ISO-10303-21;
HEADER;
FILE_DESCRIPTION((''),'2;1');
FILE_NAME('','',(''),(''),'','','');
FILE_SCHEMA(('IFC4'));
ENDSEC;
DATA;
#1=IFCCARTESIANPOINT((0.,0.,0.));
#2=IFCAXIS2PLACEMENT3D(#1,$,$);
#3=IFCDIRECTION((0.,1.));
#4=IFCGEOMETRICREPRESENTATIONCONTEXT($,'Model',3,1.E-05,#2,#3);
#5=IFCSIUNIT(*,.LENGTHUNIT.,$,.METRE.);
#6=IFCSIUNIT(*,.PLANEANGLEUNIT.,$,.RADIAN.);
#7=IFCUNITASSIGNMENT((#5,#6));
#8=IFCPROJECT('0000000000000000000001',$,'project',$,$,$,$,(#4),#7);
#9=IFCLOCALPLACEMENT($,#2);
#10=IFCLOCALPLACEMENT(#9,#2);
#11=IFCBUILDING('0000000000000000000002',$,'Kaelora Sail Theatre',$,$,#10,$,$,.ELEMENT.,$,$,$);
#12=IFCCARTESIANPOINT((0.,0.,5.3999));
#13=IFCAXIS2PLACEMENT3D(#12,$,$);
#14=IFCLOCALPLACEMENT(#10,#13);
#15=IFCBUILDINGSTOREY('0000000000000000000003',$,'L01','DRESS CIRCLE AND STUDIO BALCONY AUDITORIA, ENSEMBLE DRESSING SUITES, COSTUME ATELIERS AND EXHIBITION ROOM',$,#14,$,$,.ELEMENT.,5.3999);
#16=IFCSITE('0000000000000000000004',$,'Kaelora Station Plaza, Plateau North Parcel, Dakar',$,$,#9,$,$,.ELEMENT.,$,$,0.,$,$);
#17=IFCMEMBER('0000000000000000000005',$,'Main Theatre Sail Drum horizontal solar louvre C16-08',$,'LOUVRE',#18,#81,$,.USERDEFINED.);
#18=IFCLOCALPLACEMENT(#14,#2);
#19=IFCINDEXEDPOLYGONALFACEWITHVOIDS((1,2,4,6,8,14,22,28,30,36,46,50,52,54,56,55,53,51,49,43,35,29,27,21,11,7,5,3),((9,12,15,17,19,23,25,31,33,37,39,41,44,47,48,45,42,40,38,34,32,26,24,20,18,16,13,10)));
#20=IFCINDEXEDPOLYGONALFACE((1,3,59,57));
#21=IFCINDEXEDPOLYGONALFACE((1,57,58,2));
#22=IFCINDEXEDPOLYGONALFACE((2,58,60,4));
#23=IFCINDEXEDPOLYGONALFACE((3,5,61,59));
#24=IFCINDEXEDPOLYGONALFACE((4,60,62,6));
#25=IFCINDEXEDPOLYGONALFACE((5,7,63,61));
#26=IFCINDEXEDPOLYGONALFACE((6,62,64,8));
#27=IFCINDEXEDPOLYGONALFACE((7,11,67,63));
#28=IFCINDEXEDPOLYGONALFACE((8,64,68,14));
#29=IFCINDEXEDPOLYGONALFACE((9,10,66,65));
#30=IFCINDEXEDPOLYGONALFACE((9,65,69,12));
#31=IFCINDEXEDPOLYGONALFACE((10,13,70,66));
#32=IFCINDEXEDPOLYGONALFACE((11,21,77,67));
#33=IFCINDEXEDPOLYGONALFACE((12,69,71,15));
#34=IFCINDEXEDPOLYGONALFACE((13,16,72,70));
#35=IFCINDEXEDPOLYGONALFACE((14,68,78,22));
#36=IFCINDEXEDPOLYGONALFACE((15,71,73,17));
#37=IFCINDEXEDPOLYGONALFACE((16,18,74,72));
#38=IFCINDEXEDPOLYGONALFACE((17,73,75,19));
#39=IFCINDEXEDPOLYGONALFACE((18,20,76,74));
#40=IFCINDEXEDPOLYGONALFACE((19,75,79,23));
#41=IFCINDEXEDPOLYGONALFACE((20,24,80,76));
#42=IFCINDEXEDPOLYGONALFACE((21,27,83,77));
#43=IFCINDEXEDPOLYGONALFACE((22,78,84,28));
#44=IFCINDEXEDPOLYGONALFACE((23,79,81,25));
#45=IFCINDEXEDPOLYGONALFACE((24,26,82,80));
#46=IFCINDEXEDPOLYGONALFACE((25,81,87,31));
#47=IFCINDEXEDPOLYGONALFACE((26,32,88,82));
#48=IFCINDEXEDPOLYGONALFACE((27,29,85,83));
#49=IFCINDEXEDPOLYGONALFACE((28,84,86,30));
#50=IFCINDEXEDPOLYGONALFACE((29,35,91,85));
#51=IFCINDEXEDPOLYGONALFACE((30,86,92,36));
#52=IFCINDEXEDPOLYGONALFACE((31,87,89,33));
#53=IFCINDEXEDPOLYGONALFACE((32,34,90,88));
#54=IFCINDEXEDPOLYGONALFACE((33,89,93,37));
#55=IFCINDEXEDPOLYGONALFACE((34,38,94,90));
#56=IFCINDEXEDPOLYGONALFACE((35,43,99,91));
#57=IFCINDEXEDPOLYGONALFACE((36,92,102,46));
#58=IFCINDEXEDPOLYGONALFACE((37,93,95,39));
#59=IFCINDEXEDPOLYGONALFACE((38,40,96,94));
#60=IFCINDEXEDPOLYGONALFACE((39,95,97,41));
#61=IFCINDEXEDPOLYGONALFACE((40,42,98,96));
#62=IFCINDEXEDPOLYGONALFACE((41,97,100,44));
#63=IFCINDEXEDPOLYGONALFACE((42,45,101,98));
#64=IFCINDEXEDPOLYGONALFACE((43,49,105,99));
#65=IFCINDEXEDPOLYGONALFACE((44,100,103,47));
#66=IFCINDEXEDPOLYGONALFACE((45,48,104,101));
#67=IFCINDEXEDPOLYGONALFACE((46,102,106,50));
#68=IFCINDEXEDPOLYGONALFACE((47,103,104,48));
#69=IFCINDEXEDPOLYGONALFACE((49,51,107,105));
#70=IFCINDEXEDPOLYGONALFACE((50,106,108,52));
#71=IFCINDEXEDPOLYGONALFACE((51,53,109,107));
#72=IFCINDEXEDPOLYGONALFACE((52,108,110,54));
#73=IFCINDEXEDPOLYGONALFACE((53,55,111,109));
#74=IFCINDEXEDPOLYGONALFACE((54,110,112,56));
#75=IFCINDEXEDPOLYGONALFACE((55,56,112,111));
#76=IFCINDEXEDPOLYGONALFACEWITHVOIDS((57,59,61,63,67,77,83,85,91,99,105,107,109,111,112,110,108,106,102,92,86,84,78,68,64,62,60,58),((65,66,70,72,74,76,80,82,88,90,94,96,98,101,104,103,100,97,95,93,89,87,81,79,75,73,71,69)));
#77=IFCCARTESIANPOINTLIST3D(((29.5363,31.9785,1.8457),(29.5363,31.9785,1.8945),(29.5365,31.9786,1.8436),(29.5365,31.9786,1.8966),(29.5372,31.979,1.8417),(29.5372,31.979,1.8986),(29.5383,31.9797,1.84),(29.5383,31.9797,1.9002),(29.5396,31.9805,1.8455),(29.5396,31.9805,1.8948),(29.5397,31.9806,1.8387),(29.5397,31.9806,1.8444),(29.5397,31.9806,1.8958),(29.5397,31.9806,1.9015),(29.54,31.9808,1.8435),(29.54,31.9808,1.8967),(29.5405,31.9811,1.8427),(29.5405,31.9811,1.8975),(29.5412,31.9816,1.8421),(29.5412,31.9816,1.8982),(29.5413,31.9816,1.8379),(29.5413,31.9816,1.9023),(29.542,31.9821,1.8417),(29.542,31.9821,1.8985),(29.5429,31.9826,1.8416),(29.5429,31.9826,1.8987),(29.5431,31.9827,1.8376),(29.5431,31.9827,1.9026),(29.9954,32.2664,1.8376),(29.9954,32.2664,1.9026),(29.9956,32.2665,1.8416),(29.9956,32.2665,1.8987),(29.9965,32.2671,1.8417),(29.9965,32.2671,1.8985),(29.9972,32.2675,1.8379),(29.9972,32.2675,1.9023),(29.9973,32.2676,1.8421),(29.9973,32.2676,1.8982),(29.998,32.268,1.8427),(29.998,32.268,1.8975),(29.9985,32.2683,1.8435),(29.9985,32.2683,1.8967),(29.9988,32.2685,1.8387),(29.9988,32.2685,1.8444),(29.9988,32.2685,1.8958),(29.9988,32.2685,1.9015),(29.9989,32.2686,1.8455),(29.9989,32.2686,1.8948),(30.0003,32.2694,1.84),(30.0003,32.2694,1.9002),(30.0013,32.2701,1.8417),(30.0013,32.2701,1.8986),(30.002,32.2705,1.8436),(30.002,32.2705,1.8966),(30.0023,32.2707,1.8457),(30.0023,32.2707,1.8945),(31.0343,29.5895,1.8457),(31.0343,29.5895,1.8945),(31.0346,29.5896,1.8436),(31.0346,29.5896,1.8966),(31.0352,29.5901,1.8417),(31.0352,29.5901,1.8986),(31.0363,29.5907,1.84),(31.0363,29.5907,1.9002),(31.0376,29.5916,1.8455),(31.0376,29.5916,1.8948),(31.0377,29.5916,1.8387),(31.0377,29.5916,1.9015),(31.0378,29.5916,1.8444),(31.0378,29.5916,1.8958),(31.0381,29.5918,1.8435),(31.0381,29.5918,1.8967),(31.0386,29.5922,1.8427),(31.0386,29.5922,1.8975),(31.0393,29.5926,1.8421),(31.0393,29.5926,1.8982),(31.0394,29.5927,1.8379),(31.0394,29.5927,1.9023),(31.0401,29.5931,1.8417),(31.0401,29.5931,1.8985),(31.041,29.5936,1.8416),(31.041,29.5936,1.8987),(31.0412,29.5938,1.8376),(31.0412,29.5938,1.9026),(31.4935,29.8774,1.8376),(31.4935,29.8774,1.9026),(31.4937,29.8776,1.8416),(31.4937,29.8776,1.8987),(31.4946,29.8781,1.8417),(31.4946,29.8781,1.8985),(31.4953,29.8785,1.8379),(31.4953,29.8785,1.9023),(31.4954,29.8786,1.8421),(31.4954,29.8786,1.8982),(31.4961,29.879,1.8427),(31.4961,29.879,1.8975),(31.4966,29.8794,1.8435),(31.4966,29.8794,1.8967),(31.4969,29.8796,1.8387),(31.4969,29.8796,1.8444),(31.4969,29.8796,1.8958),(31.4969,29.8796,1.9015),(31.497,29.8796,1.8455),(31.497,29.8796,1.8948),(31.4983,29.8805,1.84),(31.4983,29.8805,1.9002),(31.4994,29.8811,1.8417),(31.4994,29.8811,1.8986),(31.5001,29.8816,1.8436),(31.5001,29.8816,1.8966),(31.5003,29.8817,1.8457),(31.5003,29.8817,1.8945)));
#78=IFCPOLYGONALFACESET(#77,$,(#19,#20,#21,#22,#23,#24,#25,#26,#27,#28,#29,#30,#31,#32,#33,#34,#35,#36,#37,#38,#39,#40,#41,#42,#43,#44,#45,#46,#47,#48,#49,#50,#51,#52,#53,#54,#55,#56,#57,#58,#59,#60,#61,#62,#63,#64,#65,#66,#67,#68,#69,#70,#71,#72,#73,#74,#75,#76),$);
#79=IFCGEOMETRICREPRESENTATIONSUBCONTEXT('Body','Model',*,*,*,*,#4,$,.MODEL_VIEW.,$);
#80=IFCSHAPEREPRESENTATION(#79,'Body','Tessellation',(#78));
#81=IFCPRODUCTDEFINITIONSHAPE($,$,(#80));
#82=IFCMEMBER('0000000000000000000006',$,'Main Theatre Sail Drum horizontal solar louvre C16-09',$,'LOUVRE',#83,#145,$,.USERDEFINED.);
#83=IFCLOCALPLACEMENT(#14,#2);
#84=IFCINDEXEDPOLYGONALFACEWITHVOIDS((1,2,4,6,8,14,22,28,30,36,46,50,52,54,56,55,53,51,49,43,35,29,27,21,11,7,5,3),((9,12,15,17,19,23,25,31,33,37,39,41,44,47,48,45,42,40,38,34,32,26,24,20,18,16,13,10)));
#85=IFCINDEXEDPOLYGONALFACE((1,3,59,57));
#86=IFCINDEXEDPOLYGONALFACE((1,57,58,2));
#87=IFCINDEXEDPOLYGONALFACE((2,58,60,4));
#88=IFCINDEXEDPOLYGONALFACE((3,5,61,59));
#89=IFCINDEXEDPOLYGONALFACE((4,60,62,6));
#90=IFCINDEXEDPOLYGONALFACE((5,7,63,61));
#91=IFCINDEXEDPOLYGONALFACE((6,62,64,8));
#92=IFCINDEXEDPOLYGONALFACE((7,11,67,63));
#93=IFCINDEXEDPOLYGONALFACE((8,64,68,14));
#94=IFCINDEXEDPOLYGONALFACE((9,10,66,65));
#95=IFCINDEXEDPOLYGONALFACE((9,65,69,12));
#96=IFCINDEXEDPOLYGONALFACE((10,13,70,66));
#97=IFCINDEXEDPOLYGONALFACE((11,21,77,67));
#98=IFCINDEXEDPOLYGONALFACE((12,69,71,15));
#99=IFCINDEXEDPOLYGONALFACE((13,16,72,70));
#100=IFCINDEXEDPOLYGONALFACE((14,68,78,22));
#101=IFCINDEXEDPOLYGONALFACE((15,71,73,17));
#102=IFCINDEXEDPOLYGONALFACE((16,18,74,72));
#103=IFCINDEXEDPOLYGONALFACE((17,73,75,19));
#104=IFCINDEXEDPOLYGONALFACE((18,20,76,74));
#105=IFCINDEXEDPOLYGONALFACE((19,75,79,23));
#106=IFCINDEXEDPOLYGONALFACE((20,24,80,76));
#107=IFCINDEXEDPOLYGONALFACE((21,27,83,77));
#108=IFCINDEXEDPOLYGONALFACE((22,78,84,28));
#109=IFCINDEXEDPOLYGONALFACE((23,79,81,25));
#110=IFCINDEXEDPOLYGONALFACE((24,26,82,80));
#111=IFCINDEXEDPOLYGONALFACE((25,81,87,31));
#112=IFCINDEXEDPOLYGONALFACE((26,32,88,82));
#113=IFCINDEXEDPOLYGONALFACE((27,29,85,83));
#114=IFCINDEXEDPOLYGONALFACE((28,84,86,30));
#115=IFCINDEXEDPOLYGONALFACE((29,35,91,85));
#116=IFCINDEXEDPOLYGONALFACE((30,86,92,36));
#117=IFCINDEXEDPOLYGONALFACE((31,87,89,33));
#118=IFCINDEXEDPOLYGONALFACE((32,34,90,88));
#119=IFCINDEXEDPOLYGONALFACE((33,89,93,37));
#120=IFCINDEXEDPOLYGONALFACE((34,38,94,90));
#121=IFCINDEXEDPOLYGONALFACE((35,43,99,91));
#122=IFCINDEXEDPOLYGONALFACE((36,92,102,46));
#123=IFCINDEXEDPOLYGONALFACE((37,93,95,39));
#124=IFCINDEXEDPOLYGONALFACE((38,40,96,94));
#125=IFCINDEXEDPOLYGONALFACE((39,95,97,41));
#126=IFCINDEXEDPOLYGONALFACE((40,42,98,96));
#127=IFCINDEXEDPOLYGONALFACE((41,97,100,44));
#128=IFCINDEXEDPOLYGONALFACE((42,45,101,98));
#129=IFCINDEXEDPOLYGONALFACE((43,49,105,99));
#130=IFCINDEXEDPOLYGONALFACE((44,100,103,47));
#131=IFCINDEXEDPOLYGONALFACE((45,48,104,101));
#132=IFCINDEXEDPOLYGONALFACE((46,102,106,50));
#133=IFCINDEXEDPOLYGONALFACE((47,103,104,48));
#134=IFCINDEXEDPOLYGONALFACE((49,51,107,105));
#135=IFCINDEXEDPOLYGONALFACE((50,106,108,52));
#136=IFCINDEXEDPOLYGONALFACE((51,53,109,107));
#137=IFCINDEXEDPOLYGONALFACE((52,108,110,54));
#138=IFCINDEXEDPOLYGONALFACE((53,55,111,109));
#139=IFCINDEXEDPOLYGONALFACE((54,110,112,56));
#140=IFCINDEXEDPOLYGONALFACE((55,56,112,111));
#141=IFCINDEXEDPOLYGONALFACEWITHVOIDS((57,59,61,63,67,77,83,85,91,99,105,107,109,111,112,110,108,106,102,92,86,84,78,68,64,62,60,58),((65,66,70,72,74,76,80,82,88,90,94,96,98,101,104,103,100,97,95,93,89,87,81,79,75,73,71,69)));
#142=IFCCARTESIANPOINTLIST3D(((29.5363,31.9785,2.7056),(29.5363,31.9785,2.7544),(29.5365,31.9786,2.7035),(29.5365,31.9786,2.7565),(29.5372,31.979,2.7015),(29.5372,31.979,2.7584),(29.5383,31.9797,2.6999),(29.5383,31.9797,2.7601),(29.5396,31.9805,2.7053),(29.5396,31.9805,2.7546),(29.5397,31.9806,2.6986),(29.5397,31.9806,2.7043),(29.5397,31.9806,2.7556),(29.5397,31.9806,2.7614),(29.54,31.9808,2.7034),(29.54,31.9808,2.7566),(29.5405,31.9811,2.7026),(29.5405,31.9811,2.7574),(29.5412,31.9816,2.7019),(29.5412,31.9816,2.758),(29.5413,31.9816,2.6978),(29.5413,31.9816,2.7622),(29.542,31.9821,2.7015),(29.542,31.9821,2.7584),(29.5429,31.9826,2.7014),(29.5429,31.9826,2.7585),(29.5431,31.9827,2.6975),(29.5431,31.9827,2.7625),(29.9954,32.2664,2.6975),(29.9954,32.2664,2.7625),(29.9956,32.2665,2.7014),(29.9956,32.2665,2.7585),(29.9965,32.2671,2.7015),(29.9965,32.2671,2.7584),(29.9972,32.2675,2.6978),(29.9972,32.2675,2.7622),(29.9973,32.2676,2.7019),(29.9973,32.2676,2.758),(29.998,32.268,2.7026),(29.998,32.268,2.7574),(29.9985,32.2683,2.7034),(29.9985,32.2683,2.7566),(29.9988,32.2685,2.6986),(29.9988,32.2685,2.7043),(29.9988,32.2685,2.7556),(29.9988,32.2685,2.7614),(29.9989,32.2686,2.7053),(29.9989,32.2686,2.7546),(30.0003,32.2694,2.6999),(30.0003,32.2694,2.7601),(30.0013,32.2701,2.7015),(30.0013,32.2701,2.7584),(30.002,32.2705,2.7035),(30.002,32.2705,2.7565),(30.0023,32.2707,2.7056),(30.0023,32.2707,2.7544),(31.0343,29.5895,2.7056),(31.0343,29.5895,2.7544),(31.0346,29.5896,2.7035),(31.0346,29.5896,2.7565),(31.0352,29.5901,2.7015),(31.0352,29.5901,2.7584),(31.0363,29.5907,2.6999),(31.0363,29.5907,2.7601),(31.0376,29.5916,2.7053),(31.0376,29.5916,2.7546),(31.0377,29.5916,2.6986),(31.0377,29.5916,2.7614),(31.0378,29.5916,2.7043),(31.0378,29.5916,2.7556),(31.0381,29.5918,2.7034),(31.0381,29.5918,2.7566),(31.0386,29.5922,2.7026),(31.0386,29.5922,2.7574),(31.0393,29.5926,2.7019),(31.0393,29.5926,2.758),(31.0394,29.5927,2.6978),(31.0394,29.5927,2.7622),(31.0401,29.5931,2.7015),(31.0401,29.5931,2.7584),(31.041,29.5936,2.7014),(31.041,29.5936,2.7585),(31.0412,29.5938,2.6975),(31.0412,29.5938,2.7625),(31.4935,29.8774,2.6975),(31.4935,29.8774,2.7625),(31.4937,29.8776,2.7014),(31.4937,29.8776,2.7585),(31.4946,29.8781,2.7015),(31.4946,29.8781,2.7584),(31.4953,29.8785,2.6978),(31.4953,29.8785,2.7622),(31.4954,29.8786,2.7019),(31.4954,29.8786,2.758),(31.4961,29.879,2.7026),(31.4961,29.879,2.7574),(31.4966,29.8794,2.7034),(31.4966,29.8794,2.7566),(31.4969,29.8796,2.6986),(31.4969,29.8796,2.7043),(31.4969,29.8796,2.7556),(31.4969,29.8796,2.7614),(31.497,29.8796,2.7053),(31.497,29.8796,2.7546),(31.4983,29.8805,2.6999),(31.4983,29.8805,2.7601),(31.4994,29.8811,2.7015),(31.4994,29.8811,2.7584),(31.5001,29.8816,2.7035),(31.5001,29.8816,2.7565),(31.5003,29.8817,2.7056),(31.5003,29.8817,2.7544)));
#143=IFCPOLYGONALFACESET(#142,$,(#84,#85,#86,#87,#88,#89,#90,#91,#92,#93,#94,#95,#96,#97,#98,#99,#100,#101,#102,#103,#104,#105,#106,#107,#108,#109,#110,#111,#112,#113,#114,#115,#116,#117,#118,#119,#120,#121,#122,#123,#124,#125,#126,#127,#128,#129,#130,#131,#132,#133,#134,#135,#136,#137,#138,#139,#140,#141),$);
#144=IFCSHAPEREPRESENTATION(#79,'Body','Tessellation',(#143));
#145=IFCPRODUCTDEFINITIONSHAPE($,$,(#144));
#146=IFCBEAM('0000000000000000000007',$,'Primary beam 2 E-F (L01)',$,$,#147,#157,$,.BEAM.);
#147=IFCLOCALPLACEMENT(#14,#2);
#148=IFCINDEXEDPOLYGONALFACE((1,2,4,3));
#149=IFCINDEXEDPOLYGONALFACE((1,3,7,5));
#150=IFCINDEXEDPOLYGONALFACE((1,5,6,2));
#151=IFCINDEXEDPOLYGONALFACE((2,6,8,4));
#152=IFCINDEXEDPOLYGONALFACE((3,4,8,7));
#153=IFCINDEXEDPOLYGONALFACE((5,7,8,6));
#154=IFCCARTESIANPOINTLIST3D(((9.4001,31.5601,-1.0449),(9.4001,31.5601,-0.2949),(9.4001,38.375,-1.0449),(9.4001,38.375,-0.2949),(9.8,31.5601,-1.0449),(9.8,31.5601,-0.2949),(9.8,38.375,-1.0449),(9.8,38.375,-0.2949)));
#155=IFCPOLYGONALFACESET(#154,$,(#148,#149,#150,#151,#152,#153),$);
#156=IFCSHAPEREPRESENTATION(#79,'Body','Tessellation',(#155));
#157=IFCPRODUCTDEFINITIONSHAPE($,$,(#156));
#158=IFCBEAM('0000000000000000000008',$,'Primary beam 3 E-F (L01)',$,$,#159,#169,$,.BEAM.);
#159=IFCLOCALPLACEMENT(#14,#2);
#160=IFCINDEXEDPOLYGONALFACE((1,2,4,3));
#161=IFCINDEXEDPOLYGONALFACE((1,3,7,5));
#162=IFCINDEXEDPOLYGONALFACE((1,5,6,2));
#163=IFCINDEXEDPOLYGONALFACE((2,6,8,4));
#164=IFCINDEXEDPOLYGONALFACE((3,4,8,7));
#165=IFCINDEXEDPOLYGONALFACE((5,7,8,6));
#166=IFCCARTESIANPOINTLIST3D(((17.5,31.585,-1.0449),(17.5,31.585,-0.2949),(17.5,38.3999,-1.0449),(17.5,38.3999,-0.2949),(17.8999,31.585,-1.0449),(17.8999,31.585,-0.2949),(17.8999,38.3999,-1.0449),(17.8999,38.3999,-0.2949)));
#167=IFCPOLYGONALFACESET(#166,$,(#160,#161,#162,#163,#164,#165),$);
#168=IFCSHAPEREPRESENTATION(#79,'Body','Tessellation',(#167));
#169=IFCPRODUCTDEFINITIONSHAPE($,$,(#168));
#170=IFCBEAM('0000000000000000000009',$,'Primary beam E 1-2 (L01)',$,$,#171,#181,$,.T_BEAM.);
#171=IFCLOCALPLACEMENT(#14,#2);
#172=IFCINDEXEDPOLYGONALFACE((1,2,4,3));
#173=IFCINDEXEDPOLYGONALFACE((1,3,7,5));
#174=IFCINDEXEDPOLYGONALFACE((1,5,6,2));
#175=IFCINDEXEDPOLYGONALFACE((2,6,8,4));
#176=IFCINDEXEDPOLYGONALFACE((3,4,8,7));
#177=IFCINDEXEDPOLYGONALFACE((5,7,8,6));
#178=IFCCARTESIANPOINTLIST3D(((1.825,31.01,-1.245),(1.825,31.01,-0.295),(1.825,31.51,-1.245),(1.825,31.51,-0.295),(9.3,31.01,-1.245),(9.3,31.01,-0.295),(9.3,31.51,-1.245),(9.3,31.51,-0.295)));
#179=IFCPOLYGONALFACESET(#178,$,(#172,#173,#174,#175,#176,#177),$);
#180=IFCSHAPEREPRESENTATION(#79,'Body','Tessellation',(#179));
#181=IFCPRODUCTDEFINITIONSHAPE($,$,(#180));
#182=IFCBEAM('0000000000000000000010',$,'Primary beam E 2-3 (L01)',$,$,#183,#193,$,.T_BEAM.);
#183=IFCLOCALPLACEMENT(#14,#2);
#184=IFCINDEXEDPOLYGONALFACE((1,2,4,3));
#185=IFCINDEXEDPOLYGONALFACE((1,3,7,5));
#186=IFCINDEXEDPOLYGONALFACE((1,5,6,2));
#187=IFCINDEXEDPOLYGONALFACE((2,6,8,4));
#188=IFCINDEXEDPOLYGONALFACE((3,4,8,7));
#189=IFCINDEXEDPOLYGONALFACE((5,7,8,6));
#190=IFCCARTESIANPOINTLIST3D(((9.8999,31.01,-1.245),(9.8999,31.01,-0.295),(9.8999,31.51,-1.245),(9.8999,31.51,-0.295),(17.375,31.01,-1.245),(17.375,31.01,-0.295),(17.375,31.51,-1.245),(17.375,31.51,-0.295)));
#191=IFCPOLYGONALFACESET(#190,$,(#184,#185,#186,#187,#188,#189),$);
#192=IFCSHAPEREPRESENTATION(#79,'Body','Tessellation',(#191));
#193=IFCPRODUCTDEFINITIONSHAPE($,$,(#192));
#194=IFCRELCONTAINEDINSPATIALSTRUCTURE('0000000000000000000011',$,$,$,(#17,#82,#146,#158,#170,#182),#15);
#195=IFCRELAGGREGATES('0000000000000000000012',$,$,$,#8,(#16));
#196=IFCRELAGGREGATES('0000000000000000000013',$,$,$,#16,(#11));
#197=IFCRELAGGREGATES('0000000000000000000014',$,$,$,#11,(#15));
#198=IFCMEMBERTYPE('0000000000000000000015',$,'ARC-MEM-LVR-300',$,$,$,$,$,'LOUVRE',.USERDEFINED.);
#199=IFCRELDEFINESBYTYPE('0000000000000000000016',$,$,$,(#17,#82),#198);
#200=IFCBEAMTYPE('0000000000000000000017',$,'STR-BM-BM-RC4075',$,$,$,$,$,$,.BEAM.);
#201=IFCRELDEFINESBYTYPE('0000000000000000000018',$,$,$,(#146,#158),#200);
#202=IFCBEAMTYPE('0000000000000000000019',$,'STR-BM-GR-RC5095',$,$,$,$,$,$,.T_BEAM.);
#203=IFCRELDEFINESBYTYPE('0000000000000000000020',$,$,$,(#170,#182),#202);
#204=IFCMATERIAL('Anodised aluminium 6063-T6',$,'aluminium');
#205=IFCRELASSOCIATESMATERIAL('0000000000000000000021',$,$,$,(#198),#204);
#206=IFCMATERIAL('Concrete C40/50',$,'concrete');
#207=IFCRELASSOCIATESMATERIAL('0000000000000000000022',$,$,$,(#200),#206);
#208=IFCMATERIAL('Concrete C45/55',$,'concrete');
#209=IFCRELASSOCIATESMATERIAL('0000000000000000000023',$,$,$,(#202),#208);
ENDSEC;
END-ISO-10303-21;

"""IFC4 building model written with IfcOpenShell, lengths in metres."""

from ifc_helpers import new_model, si_unit, direction, frame, origin, origin_2d, place, context, subcontext, project, spatial, rectangle, hollow_rectangle, extrude, material, material_profile, profile_set, type_object, element, save


model = new_model("IFC4")

# Units and contexts
model_context = context("Model", 3, precision=1e-05, world=origin(), true_north=direction((0.0, 1.0)))
body_context = subcontext(model_context, "Body", "Model", "MODEL_VIEW")
ifc_project = project(units=[si_unit("LENGTHUNIT", "METRE"), si_unit("PLANEANGLEUNIT", "RADIAN")], contexts=[model_context])

# Site, building, storey
site_placement = place(None, origin())
site = spatial("IfcSite", under=ifc_project, at=site_placement, Name="Kaelora Station Plaza, Plateau North Parcel, Dakar", CompositionType="ELEMENT", RefElevation=0.0)
building_placement = place(site_placement, origin())
building = spatial("IfcBuilding", under=site, at=building_placement, Name="Kaelora Sail Theatre", CompositionType="ELEMENT")
storey_placement = place(building_placement, frame((0.0, 0.0, 5.3999)))
storey = spatial("IfcBuildingStorey", under=building, at=storey_placement, Name="L01", Description="DRESS CIRCLE AND STUDIO BALCONY AUDITORIA, ENSEMBLE DRESSING SUITES, COSTUME ATELIERS AND EXHIBITION ROOM", CompositionType="ELEMENT", Elevation=5.3999)

# Members
ifc_material_1 = material(Name="Anodised aluminium 6063-T6", Category="aluminium")
ifc_material_profile_1 = material_profile(ifc_material_1, hollow_rectangle(XDim=0.55, YDim=0.0649, WallThickness=0.0039, InnerFilletRadius=0.0039, OuterFilletRadius=0.0081, at=origin_2d()), Name="LOUVRE 550x65x4")
ifc_profile_set_1 = profile_set([ifc_material_profile_1], Name="Anodised aluminium 6063-T6")
member_type = type_object("IfcMemberType", Name="ARC-MEM-LVR-300", ElementType="LOUVRE", PredefinedType="USERDEFINED", material=ifc_profile_set_1)
for number, where, z_axis, x_axis, name in (
    (1, (31.2673, 29.7356, 1.8701), (-0.531267, 0.847204, 0.0), (-0.847204, -0.531267, 0.0), "Main Theatre Sail Drum horizontal solar louvre C16-08"),
    (2, (31.2673, 29.7356, 2.73), (-0.531267, 0.847204, 0.0), (-0.847204, -0.531267, 0.0), "Main Theatre Sail Drum horizontal solar louvre C16-09"),
):
    element("IfcMember", number, at=place(storey_placement, frame(where, z_axis=z_axis, x_axis=x_axis)), inside=storey, type_object=member_type, Name=name, ObjectType="LOUVRE", PredefinedType="USERDEFINED", context=body_context, shape_type="SweptSolid", body=[
        extrude(hollow_rectangle(XDim=0.55, YDim=0.0649, WallThickness=0.0039, InnerFilletRadius=0.0039, OuterFilletRadius=0.0081, at=origin_2d()), origin(), (0.0, 0.0, 1.0), 2.8198),
    ])

# Beams
ifc_material_2 = material(Name="Concrete C40/50", Category="concrete")
ifc_material_profile_2 = material_profile(ifc_material_2, rectangle(XDim=0.3999, YDim=0.75, at=origin_2d()), Name="RC-BM 400x750")
ifc_profile_set_2 = profile_set([ifc_material_profile_2], Name="Concrete C40/50")
beam_type_1 = type_object("IfcBeamType", Name="STR-BM-BM-RC4075", PredefinedType="BEAM", material=ifc_profile_set_2)
for number, where, z_axis, x_axis, name in (
    (3, (9.6001, 31.5601, -0.6699), (0.0, 1.0, 0.0), (-1.0, 0.0, 0.0), "Primary beam 2 E-F (L01)"),
    (4, (17.7, 31.585, -0.6699), (0.0, 1.0, 0.0), (-1.0, 0.0, 0.0), "Primary beam 3 E-F (L01)"),
):
    element("IfcBeam", number, at=place(storey_placement, frame(where, z_axis=z_axis, x_axis=x_axis)), inside=storey, type_object=beam_type_1, Name=name, PredefinedType="BEAM", context=body_context, shape_type="SweptSolid", body=[
        extrude(rectangle(XDim=0.3999, YDim=0.75, at=origin_2d()), origin(), (0.0, 0.0, 1.0), 6.8149),
    ])
ifc_material_3 = material(Name="Concrete C45/55", Category="concrete")
ifc_material_profile_3 = material_profile(ifc_material_3, rectangle(XDim=0.5, YDim=0.95, at=origin_2d()), Name="RC-GRD 500x950")
ifc_profile_set_3 = profile_set([ifc_material_profile_3], Name="Concrete C45/55")
beam_type_2 = type_object("IfcBeamType", Name="STR-BM-GR-RC5095", PredefinedType="T_BEAM", material=ifc_profile_set_3)
for number, where, z_axis, x_axis, name in (
    (5, (1.825, 31.26, -0.77), (1.0, 0.0, 0.0), (0.0, 1.0, 0.0), "Primary beam E 1-2 (L01)"),
    (6, (9.8999, 31.26, -0.77), (1.0, 0.0, 0.0), (0.0, 1.0, 0.0), "Primary beam E 2-3 (L01)"),
):
    element("IfcBeam", number, at=place(storey_placement, frame(where, z_axis=z_axis, x_axis=x_axis)), inside=storey, type_object=beam_type_2, Name=name, PredefinedType="T_BEAM", context=body_context, shape_type="SweptSolid", body=[
        extrude(rectangle(XDim=0.5, YDim=0.95, at=origin_2d()), origin(), (0.0, 0.0, 1.0), 7.4751),
    ])

save(model, "model.ifc")
